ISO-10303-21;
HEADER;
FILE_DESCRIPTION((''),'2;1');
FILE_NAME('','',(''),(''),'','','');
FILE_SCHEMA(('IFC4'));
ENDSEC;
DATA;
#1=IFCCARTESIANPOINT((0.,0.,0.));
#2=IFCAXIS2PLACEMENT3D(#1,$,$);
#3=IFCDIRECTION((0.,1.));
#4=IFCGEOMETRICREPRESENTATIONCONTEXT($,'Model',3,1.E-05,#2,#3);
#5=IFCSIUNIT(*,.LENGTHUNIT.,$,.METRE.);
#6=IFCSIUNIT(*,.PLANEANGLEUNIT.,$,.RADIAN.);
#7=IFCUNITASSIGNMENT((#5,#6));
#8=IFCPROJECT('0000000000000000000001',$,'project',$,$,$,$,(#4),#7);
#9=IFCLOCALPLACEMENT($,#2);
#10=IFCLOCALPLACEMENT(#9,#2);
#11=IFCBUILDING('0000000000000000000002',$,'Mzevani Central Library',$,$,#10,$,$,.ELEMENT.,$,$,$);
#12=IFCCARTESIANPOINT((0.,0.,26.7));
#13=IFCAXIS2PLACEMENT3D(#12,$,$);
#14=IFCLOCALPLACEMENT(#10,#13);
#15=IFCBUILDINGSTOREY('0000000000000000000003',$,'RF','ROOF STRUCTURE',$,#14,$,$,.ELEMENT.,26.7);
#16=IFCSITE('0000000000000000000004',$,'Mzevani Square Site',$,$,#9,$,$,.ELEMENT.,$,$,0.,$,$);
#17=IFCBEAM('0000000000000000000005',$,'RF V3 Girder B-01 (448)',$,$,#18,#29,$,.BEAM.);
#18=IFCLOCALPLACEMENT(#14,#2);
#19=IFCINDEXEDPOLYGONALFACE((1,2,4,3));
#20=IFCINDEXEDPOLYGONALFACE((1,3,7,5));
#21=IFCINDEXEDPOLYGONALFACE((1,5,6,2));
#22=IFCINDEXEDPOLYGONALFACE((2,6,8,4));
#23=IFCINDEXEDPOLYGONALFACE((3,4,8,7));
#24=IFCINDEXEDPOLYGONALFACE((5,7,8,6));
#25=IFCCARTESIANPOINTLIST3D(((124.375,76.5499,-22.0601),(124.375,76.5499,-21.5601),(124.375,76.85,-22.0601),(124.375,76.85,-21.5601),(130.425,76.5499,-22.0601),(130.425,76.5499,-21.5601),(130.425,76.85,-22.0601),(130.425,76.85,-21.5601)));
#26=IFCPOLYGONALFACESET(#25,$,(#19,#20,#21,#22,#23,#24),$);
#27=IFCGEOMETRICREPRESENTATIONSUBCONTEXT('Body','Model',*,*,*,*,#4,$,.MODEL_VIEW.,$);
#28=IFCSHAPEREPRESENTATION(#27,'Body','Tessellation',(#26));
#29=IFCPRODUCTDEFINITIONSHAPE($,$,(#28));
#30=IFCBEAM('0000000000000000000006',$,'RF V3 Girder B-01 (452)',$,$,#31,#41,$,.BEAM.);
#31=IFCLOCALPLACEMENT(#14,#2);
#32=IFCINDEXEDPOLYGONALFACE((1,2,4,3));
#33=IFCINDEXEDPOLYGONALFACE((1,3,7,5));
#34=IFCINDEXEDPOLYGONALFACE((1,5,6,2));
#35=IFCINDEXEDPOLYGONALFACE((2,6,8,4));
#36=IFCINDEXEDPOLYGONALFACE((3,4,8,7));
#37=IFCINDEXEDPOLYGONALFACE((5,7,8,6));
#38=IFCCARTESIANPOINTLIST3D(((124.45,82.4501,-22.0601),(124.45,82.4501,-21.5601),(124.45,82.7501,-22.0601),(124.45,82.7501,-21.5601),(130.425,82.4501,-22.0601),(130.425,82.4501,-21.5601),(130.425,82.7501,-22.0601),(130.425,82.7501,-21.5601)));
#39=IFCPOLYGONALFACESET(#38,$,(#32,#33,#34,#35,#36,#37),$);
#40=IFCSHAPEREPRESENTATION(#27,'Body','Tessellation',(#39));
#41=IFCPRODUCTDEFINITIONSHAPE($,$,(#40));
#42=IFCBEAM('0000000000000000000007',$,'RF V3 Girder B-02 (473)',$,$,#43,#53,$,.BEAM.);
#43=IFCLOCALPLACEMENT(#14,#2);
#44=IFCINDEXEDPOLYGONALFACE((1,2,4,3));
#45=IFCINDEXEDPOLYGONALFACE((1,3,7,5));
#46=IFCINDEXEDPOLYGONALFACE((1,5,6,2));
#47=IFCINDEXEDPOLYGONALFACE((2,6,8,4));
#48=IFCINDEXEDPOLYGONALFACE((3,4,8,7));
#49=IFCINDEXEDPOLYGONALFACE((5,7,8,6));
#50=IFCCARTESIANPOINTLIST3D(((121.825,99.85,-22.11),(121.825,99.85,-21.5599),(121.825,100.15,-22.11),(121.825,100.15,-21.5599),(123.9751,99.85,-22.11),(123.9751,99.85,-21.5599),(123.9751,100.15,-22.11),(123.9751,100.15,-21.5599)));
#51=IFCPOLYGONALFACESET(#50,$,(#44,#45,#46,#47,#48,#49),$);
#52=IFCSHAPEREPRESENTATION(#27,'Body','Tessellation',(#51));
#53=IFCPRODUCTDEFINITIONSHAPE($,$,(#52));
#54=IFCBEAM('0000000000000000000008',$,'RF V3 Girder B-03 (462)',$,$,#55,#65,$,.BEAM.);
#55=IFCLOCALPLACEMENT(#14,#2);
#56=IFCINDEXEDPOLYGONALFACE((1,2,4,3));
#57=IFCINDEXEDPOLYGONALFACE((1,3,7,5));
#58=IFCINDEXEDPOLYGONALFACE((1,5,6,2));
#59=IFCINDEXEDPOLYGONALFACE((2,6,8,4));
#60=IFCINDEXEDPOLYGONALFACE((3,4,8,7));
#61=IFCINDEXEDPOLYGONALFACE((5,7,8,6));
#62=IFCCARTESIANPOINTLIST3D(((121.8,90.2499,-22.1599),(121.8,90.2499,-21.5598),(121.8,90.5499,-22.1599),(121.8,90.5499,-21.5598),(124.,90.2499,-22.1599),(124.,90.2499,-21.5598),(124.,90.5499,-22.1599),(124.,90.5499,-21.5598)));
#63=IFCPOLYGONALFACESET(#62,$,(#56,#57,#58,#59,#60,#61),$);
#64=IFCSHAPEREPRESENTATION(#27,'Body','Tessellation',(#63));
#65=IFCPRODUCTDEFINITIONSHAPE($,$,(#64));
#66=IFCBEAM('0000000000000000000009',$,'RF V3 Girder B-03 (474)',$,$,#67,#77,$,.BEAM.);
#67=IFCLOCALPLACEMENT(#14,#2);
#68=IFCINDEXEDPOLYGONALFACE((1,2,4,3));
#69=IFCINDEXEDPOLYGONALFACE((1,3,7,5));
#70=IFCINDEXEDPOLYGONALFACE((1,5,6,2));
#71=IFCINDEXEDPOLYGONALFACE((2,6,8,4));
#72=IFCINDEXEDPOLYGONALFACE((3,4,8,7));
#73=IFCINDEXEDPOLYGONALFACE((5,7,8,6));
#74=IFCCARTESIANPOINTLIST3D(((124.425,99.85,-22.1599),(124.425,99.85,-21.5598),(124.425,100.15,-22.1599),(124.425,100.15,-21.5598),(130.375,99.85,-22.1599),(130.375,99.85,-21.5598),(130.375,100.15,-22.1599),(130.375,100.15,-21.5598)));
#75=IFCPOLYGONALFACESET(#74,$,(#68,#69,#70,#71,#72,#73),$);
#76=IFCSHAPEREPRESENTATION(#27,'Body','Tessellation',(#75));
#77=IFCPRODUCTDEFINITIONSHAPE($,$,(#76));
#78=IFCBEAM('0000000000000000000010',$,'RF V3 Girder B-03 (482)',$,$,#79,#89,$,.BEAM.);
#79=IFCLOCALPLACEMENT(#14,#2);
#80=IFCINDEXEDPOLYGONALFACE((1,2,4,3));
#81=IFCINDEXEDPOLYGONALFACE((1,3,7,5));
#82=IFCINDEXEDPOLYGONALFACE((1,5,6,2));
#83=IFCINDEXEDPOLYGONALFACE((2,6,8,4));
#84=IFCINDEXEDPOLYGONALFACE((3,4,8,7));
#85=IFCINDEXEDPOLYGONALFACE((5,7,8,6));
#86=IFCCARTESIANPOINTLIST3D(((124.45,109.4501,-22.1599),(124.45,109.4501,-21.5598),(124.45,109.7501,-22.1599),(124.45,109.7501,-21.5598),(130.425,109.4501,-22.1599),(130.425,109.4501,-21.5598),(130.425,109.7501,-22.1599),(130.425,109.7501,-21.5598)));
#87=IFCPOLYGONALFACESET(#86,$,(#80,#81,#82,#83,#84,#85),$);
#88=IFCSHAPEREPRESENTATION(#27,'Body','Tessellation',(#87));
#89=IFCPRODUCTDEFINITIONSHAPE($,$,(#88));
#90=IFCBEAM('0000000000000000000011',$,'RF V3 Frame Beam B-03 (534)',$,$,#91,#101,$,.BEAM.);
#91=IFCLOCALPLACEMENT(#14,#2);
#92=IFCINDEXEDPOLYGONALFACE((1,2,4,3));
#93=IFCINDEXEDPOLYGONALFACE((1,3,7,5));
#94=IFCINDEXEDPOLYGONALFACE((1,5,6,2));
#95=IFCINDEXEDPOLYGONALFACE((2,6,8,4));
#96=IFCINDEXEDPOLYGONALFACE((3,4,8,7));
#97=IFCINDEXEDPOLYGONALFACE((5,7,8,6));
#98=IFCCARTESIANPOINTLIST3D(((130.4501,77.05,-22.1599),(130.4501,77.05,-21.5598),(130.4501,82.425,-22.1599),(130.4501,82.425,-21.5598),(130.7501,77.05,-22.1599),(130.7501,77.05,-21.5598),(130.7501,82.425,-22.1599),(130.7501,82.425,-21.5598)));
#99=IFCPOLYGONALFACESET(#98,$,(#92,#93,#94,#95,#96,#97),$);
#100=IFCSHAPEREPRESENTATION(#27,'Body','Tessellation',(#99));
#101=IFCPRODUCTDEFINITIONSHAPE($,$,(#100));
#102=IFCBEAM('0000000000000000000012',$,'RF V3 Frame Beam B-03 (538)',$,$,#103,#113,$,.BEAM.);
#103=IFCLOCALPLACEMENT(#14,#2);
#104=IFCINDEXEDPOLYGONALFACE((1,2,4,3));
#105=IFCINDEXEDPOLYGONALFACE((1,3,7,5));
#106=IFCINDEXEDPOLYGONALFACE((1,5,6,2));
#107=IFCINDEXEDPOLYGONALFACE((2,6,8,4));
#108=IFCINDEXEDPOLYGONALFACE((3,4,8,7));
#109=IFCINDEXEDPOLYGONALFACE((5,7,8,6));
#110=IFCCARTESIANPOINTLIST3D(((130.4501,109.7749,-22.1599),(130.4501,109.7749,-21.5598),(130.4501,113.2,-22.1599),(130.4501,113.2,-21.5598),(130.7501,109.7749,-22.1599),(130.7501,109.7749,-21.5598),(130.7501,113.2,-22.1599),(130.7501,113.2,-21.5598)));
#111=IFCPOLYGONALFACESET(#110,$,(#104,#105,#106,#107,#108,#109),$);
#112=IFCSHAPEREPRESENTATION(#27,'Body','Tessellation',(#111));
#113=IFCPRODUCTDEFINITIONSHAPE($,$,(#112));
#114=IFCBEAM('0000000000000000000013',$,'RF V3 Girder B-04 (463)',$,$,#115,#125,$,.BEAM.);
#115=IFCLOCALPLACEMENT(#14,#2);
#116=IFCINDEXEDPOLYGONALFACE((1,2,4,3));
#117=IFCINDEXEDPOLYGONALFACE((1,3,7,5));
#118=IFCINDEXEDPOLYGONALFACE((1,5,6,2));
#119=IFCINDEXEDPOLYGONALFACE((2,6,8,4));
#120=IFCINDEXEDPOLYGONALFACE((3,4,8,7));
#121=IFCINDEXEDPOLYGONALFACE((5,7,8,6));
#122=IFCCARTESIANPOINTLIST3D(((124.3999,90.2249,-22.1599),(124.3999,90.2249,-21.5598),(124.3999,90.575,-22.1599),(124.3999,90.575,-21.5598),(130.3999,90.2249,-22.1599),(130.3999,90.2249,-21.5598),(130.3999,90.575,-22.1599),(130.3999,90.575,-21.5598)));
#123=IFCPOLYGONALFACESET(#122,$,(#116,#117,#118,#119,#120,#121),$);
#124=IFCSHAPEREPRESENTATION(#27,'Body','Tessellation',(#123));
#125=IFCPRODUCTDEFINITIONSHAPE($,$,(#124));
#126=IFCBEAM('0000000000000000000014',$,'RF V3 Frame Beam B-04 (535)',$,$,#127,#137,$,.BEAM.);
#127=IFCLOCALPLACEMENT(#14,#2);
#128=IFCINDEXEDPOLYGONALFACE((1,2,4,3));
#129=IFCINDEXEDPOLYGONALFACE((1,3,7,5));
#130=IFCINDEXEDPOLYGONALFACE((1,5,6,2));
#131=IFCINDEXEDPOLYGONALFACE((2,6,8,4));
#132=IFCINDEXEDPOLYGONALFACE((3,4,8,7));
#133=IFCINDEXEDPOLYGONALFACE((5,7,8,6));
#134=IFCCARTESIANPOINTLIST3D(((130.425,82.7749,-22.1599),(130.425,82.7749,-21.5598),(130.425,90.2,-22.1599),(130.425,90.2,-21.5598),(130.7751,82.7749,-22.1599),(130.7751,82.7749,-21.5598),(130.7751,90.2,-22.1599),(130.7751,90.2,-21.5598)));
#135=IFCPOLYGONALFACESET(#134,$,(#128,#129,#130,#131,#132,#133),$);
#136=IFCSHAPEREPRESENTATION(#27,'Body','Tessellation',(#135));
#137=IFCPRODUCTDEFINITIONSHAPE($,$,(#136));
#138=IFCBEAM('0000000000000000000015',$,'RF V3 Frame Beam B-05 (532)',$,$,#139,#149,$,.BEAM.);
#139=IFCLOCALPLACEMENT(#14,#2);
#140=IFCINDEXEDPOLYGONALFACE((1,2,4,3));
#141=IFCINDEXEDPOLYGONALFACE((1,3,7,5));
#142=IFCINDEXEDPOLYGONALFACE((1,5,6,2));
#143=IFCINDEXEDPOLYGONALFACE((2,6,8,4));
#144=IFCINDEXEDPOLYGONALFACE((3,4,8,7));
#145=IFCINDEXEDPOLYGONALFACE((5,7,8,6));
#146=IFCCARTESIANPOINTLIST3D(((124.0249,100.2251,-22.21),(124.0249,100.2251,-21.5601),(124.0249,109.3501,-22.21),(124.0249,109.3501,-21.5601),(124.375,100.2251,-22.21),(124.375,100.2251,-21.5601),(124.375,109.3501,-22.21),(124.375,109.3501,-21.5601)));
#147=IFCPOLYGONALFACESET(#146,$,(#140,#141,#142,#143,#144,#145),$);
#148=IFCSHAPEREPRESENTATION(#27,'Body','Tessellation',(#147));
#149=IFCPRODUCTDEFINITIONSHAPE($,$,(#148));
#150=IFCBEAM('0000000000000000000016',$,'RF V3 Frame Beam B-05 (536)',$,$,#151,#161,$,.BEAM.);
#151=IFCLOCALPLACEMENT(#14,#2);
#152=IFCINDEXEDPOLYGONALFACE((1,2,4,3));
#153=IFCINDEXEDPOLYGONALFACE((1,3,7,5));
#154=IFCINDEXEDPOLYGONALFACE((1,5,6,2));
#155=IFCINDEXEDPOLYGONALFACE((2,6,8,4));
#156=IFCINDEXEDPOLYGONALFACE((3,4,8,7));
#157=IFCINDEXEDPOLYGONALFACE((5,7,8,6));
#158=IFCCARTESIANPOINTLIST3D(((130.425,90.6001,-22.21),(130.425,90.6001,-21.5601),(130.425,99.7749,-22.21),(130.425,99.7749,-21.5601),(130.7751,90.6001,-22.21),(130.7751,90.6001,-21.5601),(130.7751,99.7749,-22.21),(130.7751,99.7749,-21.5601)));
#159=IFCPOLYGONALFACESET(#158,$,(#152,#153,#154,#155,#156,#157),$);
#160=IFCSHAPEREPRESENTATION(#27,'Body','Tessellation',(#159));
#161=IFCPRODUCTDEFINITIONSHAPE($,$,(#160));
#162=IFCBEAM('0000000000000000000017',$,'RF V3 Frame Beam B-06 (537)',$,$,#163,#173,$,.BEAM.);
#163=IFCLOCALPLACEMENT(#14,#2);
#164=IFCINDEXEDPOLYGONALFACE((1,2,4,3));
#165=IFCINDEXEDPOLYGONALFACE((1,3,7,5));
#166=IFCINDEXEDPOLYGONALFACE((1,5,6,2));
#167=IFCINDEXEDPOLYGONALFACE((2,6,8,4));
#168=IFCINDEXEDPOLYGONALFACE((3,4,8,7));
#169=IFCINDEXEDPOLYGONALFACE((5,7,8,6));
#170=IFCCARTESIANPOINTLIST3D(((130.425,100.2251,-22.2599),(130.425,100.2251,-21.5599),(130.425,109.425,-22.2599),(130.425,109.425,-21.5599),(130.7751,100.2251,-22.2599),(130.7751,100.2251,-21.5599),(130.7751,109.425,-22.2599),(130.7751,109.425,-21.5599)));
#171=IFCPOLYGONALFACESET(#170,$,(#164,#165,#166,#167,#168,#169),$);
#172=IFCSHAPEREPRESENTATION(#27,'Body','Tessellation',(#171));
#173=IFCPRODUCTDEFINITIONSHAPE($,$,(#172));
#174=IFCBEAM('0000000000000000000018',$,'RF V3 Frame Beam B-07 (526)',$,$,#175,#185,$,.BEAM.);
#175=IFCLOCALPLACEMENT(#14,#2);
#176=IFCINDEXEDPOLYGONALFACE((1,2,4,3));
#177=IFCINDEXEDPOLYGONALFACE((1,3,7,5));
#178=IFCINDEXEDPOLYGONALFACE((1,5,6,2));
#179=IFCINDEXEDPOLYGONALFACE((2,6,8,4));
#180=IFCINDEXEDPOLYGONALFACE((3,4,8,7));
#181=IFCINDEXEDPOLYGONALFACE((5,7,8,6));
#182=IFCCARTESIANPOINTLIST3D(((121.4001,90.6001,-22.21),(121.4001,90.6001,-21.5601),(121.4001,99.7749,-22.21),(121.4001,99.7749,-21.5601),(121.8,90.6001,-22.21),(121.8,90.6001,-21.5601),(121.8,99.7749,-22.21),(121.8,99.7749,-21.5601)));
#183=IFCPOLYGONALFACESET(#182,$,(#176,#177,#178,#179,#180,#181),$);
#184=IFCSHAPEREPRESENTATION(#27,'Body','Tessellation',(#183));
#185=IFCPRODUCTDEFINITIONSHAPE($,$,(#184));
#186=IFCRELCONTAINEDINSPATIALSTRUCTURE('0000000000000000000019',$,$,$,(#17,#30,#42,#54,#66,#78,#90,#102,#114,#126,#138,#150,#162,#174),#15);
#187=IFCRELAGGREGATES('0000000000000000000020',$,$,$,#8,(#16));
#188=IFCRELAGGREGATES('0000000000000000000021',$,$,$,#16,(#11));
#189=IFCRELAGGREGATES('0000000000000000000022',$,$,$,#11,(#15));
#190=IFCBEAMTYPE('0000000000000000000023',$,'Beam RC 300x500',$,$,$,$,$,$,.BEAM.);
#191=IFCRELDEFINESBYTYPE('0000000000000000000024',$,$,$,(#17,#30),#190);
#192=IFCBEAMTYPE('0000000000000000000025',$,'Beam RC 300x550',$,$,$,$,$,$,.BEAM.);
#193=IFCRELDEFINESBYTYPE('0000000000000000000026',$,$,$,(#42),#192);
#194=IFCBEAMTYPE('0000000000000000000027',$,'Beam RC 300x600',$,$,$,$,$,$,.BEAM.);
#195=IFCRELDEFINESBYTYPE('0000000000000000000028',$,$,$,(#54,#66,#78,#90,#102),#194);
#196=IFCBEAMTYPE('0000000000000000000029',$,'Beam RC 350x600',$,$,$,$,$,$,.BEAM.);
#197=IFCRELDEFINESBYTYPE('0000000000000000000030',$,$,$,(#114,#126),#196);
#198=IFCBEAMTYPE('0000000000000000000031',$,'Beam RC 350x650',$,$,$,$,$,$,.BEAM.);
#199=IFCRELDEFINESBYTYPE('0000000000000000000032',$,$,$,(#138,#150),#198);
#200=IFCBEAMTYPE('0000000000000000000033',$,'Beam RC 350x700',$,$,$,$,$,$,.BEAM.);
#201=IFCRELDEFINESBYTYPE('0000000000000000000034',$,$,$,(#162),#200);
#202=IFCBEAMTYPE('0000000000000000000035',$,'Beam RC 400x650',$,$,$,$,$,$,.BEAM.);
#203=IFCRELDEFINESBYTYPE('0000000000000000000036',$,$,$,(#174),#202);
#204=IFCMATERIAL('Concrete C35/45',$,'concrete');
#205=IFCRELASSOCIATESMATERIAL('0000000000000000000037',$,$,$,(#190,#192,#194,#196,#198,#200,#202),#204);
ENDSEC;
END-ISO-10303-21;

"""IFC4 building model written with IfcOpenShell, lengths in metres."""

from ifc_helpers import new_model, si_unit, direction, frame, origin, origin_2d, place, context, subcontext, project, spatial, rectangle, extrude, material, material_profile, profile_set, type_object, element, save


model = new_model("IFC4")

# Units and contexts
model_context = context("Model", 3, precision=1e-05, world=origin(), true_north=direction((0.0, 1.0)))
body_context = subcontext(model_context, "Body", "Model", "MODEL_VIEW")
ifc_project = project(units=[si_unit("LENGTHUNIT", "METRE"), si_unit("PLANEANGLEUNIT", "RADIAN")], contexts=[model_context])

# Site, building, storey
site_placement = place(None, origin())
site = spatial("IfcSite", under=ifc_project, at=site_placement, Name="Mzevani Square Site", CompositionType="ELEMENT", RefElevation=0.0)
building_placement = place(site_placement, origin())
building = spatial("IfcBuilding", under=site, at=building_placement, Name="Mzevani Central Library", CompositionType="ELEMENT")
storey_placement = place(building_placement, frame((0.0, 0.0, 26.7)))
storey = spatial("IfcBuildingStorey", under=building, at=storey_placement, Name="RF", Description="ROOF STRUCTURE", CompositionType="ELEMENT", Elevation=26.7)

# Beams
ifc_material_1 = material(Name="Concrete C35/45", Category="concrete")
ifc_material_profile_1 = material_profile(ifc_material_1, rectangle(XDim=0.3, YDim=0.5, at=origin_2d()), Name="RC B300x500")
ifc_profile_set_1 = profile_set([ifc_material_profile_1], Name="Concrete C35/45")
beam_type_1 = type_object("IfcBeamType", Name="Beam RC 300x500", PredefinedType="BEAM", material=ifc_profile_set_1)
beam_1_placement = place(storey_placement, frame((124.375, 76.7, -21.8101), z_axis=(1.0, 0.0, 0.0), x_axis=(0.0, 1.0, 0.0)))
element("IfcBeam", 1, at=beam_1_placement, inside=storey, type_object=beam_type_1, Name="RF V3 Girder B-01 (448)", PredefinedType="BEAM", context=body_context, shape_type="SweptSolid", body=[
    extrude(rectangle(XDim=0.3, YDim=0.5, at=origin_2d()), origin(), (0.0, 0.0, 1.0), 6.05),
])
beam_2_placement = place(storey_placement, frame((124.45, 82.6001, -21.8101), z_axis=(1.0, 0.0, 0.0), x_axis=(0.0, 1.0, 0.0)))
element("IfcBeam", 2, at=beam_2_placement, inside=storey, type_object=beam_type_1, Name="RF V3 Girder B-01 (452)", PredefinedType="BEAM", context=body_context, shape_type="SweptSolid", body=[
    extrude(rectangle(XDim=0.3, YDim=0.5, at=origin_2d()), origin(), (0.0, 0.0, 1.0), 5.9751),
])
ifc_material_profile_2 = material_profile(ifc_material_1, rectangle(XDim=0.3, YDim=0.55, at=origin_2d()), Name="RC B300x550")
ifc_profile_set_2 = profile_set([ifc_material_profile_2], Name="Concrete C35/45")
beam_type_2 = type_object("IfcBeamType", Name="Beam RC 300x550", PredefinedType="BEAM", material=ifc_profile_set_2)
beam_3_placement = place(storey_placement, frame((121.825, 100.0, -21.835), z_axis=(1.0, 0.0, 0.0), x_axis=(0.0, 1.0, 0.0)))
element("IfcBeam", 3, at=beam_3_placement, inside=storey, type_object=beam_type_2, Name="RF V3 Girder B-02 (473)", PredefinedType="BEAM", context=body_context, shape_type="SweptSolid", body=[
    extrude(rectangle(XDim=0.3, YDim=0.55, at=origin_2d()), origin(), (0.0, 0.0, 1.0), 2.1501),
])
ifc_material_profile_3 = material_profile(ifc_material_1, rectangle(XDim=0.3, YDim=0.6001, at=origin_2d()), Name="RC B300x600")
ifc_profile_set_3 = profile_set([ifc_material_profile_3], Name="Concrete C35/45")
beam_type_3 = type_object("IfcBeamType", Name="Beam RC 300x600", PredefinedType="BEAM", material=ifc_profile_set_3)
beam_4_placement = place(storey_placement, frame((121.8, 90.3999, -21.8599), z_axis=(1.0, 0.0, 0.0), x_axis=(0.0, 1.0, 0.0)))
element("IfcBeam", 4, at=beam_4_placement, inside=storey, type_object=beam_type_3, Name="RF V3 Girder B-03 (462)", PredefinedType="BEAM", context=body_context, shape_type="SweptSolid", body=[
    extrude(rectangle(XDim=0.3, YDim=0.6001, at=origin_2d()), origin(), (0.0, 0.0, 1.0), 2.2),
])
beam_5_placement = place(storey_placement, frame((124.425, 100.0, -21.8599), z_axis=(1.0, 0.0, 0.0), x_axis=(0.0, 1.0, 0.0)))
element("IfcBeam", 5, at=beam_5_placement, inside=storey, type_object=beam_type_3, Name="RF V3 Girder B-03 (474)", PredefinedType="BEAM", context=body_context, shape_type="SweptSolid", body=[
    extrude(rectangle(XDim=0.3, YDim=0.6001, at=origin_2d()), origin(), (0.0, 0.0, 1.0), 5.95),
])
beam_6_placement = place(storey_placement, frame((124.45, 109.6001, -21.8599), z_axis=(1.0, 0.0, 0.0), x_axis=(0.0, 1.0, 0.0)))
element("IfcBeam", 6, at=beam_6_placement, inside=storey, type_object=beam_type_3, Name="RF V3 Girder B-03 (482)", PredefinedType="BEAM", context=body_context, shape_type="SweptSolid", body=[
    extrude(rectangle(XDim=0.3, YDim=0.6001, at=origin_2d()), origin(), (0.0, 0.0, 1.0), 5.9751),
])
beam_7_placement = place(storey_placement, frame((130.6001, 77.05, -21.8599), z_axis=(0.0, 1.0, 0.0), x_axis=(-1.0, 0.0, 0.0)))
element("IfcBeam", 7, at=beam_7_placement, inside=storey, type_object=beam_type_3, Name="RF V3 Frame Beam B-03 (534)", PredefinedType="BEAM", context=body_context, shape_type="SweptSolid", body=[
    extrude(rectangle(XDim=0.3, YDim=0.6001, at=origin_2d()), origin(), (0.0, 0.0, 1.0), 5.375),
])
beam_8_placement = place(storey_placement, frame((130.6001, 109.7749, -21.8599), z_axis=(0.0, 1.0, 0.0), x_axis=(-1.0, 0.0, 0.0)))
element("IfcBeam", 8, at=beam_8_placement, inside=storey, type_object=beam_type_3, Name="RF V3 Frame Beam B-03 (538)", PredefinedType="BEAM", context=body_context, shape_type="SweptSolid", body=[
    extrude(rectangle(XDim=0.3, YDim=0.6001, at=origin_2d()), origin(), (0.0, 0.0, 1.0), 3.425),
])
ifc_material_profile_4 = material_profile(ifc_material_1, rectangle(XDim=0.3501, YDim=0.6001, at=origin_2d()), Name="RC B350x600")
ifc_profile_set_4 = profile_set([ifc_material_profile_4], Name="Concrete C35/45")
beam_type_4 = type_object("IfcBeamType", Name="Beam RC 350x600", PredefinedType="BEAM", material=ifc_profile_set_4)
beam_9_placement = place(storey_placement, frame((124.3999, 90.3999, -21.8599), z_axis=(1.0, 0.0, 0.0), x_axis=(0.0, 1.0, 0.0)))
element("IfcBeam", 9, at=beam_9_placement, inside=storey, type_object=beam_type_4, Name="RF V3 Girder B-04 (463)", PredefinedType="BEAM", context=body_context, shape_type="SweptSolid", body=[
    extrude(rectangle(XDim=0.3501, YDim=0.6001, at=origin_2d()), origin(), (0.0, 0.0, 1.0), 6.0),
])
beam_10_placement = place(storey_placement, frame((130.6001, 82.7749, -21.8599), z_axis=(0.0, 1.0, 0.0), x_axis=(-1.0, 0.0, 0.0)))
element("IfcBeam", 10, at=beam_10_placement, inside=storey, type_object=beam_type_4, Name="RF V3 Frame Beam B-04 (535)", PredefinedType="BEAM", context=body_context, shape_type="SweptSolid", body=[
    extrude(rectangle(XDim=0.3501, YDim=0.6001, at=origin_2d()), origin(), (0.0, 0.0, 1.0), 7.425),
])
ifc_material_profile_5 = material_profile(ifc_material_1, rectangle(XDim=0.3501, YDim=0.6499, at=origin_2d()), Name="RC B350x650")
ifc_profile_set_5 = profile_set([ifc_material_profile_5], Name="Concrete C35/45")
beam_type_5 = type_object("IfcBeamType", Name="Beam RC 350x650", PredefinedType="BEAM", material=ifc_profile_set_5)
beam_11_placement = place(storey_placement, frame((124.2, 100.2251, -21.885), z_axis=(0.0, 1.0, 0.0), x_axis=(-1.0, 0.0, 0.0)))
element("IfcBeam", 11, at=beam_11_placement, inside=storey, type_object=beam_type_5, Name="RF V3 Frame Beam B-05 (532)", PredefinedType="BEAM", context=body_context, shape_type="SweptSolid", body=[
    extrude(rectangle(XDim=0.3501, YDim=0.6499, at=origin_2d()), origin(), (0.0, 0.0, 1.0), 9.125),
])
beam_12_placement = place(storey_placement, frame((130.6001, 90.6001, -21.885), z_axis=(0.0, 1.0, 0.0), x_axis=(-1.0, 0.0, 0.0)))
element("IfcBeam", 12, at=beam_12_placement, inside=storey, type_object=beam_type_5, Name="RF V3 Frame Beam B-05 (536)", PredefinedType="BEAM", context=body_context, shape_type="SweptSolid", body=[
    extrude(rectangle(XDim=0.3501, YDim=0.6499, at=origin_2d()), origin(), (0.0, 0.0, 1.0), 9.1748),
])
ifc_material_profile_6 = material_profile(ifc_material_1, rectangle(XDim=0.3501, YDim=0.7, at=origin_2d()), Name="RC B350x700")
ifc_profile_set_6 = profile_set([ifc_material_profile_6], Name="Concrete C35/45")
beam_type_6 = type_object("IfcBeamType", Name="Beam RC 350x700", PredefinedType="BEAM", material=ifc_profile_set_6)
beam_13_placement = place(storey_placement, frame((130.6001, 100.2251, -21.9099), z_axis=(0.0, 1.0, 0.0), x_axis=(-1.0, 0.0, 0.0)))
element("IfcBeam", 13, at=beam_13_placement, inside=storey, type_object=beam_type_6, Name="RF V3 Frame Beam B-06 (537)", PredefinedType="BEAM", context=body_context, shape_type="SweptSolid", body=[
    extrude(rectangle(XDim=0.3501, YDim=0.7, at=origin_2d()), origin(), (0.0, 0.0, 1.0), 9.2),
])
ifc_material_profile_7 = material_profile(ifc_material_1, rectangle(XDim=0.3999, YDim=0.6499, at=origin_2d()), Name="RC B400x650")
ifc_profile_set_7 = profile_set([ifc_material_profile_7], Name="Concrete C35/45")
beam_type_7 = type_object("IfcBeamType", Name="Beam RC 400x650", PredefinedType="BEAM", material=ifc_profile_set_7)
beam_14_placement = place(storey_placement, frame((121.6001, 90.6001, -21.885), z_axis=(0.0, 1.0, 0.0), x_axis=(-1.0, 0.0, 0.0)))
element("IfcBeam", 14, at=beam_14_placement, inside=storey, type_object=beam_type_7, Name="RF V3 Frame Beam B-07 (526)", PredefinedType="BEAM", context=body_context, shape_type="SweptSolid", body=[
    extrude(rectangle(XDim=0.3999, YDim=0.6499, at=origin_2d()), origin(), (0.0, 0.0, 1.0), 9.1748),
])

save(model, "model.ifc")
